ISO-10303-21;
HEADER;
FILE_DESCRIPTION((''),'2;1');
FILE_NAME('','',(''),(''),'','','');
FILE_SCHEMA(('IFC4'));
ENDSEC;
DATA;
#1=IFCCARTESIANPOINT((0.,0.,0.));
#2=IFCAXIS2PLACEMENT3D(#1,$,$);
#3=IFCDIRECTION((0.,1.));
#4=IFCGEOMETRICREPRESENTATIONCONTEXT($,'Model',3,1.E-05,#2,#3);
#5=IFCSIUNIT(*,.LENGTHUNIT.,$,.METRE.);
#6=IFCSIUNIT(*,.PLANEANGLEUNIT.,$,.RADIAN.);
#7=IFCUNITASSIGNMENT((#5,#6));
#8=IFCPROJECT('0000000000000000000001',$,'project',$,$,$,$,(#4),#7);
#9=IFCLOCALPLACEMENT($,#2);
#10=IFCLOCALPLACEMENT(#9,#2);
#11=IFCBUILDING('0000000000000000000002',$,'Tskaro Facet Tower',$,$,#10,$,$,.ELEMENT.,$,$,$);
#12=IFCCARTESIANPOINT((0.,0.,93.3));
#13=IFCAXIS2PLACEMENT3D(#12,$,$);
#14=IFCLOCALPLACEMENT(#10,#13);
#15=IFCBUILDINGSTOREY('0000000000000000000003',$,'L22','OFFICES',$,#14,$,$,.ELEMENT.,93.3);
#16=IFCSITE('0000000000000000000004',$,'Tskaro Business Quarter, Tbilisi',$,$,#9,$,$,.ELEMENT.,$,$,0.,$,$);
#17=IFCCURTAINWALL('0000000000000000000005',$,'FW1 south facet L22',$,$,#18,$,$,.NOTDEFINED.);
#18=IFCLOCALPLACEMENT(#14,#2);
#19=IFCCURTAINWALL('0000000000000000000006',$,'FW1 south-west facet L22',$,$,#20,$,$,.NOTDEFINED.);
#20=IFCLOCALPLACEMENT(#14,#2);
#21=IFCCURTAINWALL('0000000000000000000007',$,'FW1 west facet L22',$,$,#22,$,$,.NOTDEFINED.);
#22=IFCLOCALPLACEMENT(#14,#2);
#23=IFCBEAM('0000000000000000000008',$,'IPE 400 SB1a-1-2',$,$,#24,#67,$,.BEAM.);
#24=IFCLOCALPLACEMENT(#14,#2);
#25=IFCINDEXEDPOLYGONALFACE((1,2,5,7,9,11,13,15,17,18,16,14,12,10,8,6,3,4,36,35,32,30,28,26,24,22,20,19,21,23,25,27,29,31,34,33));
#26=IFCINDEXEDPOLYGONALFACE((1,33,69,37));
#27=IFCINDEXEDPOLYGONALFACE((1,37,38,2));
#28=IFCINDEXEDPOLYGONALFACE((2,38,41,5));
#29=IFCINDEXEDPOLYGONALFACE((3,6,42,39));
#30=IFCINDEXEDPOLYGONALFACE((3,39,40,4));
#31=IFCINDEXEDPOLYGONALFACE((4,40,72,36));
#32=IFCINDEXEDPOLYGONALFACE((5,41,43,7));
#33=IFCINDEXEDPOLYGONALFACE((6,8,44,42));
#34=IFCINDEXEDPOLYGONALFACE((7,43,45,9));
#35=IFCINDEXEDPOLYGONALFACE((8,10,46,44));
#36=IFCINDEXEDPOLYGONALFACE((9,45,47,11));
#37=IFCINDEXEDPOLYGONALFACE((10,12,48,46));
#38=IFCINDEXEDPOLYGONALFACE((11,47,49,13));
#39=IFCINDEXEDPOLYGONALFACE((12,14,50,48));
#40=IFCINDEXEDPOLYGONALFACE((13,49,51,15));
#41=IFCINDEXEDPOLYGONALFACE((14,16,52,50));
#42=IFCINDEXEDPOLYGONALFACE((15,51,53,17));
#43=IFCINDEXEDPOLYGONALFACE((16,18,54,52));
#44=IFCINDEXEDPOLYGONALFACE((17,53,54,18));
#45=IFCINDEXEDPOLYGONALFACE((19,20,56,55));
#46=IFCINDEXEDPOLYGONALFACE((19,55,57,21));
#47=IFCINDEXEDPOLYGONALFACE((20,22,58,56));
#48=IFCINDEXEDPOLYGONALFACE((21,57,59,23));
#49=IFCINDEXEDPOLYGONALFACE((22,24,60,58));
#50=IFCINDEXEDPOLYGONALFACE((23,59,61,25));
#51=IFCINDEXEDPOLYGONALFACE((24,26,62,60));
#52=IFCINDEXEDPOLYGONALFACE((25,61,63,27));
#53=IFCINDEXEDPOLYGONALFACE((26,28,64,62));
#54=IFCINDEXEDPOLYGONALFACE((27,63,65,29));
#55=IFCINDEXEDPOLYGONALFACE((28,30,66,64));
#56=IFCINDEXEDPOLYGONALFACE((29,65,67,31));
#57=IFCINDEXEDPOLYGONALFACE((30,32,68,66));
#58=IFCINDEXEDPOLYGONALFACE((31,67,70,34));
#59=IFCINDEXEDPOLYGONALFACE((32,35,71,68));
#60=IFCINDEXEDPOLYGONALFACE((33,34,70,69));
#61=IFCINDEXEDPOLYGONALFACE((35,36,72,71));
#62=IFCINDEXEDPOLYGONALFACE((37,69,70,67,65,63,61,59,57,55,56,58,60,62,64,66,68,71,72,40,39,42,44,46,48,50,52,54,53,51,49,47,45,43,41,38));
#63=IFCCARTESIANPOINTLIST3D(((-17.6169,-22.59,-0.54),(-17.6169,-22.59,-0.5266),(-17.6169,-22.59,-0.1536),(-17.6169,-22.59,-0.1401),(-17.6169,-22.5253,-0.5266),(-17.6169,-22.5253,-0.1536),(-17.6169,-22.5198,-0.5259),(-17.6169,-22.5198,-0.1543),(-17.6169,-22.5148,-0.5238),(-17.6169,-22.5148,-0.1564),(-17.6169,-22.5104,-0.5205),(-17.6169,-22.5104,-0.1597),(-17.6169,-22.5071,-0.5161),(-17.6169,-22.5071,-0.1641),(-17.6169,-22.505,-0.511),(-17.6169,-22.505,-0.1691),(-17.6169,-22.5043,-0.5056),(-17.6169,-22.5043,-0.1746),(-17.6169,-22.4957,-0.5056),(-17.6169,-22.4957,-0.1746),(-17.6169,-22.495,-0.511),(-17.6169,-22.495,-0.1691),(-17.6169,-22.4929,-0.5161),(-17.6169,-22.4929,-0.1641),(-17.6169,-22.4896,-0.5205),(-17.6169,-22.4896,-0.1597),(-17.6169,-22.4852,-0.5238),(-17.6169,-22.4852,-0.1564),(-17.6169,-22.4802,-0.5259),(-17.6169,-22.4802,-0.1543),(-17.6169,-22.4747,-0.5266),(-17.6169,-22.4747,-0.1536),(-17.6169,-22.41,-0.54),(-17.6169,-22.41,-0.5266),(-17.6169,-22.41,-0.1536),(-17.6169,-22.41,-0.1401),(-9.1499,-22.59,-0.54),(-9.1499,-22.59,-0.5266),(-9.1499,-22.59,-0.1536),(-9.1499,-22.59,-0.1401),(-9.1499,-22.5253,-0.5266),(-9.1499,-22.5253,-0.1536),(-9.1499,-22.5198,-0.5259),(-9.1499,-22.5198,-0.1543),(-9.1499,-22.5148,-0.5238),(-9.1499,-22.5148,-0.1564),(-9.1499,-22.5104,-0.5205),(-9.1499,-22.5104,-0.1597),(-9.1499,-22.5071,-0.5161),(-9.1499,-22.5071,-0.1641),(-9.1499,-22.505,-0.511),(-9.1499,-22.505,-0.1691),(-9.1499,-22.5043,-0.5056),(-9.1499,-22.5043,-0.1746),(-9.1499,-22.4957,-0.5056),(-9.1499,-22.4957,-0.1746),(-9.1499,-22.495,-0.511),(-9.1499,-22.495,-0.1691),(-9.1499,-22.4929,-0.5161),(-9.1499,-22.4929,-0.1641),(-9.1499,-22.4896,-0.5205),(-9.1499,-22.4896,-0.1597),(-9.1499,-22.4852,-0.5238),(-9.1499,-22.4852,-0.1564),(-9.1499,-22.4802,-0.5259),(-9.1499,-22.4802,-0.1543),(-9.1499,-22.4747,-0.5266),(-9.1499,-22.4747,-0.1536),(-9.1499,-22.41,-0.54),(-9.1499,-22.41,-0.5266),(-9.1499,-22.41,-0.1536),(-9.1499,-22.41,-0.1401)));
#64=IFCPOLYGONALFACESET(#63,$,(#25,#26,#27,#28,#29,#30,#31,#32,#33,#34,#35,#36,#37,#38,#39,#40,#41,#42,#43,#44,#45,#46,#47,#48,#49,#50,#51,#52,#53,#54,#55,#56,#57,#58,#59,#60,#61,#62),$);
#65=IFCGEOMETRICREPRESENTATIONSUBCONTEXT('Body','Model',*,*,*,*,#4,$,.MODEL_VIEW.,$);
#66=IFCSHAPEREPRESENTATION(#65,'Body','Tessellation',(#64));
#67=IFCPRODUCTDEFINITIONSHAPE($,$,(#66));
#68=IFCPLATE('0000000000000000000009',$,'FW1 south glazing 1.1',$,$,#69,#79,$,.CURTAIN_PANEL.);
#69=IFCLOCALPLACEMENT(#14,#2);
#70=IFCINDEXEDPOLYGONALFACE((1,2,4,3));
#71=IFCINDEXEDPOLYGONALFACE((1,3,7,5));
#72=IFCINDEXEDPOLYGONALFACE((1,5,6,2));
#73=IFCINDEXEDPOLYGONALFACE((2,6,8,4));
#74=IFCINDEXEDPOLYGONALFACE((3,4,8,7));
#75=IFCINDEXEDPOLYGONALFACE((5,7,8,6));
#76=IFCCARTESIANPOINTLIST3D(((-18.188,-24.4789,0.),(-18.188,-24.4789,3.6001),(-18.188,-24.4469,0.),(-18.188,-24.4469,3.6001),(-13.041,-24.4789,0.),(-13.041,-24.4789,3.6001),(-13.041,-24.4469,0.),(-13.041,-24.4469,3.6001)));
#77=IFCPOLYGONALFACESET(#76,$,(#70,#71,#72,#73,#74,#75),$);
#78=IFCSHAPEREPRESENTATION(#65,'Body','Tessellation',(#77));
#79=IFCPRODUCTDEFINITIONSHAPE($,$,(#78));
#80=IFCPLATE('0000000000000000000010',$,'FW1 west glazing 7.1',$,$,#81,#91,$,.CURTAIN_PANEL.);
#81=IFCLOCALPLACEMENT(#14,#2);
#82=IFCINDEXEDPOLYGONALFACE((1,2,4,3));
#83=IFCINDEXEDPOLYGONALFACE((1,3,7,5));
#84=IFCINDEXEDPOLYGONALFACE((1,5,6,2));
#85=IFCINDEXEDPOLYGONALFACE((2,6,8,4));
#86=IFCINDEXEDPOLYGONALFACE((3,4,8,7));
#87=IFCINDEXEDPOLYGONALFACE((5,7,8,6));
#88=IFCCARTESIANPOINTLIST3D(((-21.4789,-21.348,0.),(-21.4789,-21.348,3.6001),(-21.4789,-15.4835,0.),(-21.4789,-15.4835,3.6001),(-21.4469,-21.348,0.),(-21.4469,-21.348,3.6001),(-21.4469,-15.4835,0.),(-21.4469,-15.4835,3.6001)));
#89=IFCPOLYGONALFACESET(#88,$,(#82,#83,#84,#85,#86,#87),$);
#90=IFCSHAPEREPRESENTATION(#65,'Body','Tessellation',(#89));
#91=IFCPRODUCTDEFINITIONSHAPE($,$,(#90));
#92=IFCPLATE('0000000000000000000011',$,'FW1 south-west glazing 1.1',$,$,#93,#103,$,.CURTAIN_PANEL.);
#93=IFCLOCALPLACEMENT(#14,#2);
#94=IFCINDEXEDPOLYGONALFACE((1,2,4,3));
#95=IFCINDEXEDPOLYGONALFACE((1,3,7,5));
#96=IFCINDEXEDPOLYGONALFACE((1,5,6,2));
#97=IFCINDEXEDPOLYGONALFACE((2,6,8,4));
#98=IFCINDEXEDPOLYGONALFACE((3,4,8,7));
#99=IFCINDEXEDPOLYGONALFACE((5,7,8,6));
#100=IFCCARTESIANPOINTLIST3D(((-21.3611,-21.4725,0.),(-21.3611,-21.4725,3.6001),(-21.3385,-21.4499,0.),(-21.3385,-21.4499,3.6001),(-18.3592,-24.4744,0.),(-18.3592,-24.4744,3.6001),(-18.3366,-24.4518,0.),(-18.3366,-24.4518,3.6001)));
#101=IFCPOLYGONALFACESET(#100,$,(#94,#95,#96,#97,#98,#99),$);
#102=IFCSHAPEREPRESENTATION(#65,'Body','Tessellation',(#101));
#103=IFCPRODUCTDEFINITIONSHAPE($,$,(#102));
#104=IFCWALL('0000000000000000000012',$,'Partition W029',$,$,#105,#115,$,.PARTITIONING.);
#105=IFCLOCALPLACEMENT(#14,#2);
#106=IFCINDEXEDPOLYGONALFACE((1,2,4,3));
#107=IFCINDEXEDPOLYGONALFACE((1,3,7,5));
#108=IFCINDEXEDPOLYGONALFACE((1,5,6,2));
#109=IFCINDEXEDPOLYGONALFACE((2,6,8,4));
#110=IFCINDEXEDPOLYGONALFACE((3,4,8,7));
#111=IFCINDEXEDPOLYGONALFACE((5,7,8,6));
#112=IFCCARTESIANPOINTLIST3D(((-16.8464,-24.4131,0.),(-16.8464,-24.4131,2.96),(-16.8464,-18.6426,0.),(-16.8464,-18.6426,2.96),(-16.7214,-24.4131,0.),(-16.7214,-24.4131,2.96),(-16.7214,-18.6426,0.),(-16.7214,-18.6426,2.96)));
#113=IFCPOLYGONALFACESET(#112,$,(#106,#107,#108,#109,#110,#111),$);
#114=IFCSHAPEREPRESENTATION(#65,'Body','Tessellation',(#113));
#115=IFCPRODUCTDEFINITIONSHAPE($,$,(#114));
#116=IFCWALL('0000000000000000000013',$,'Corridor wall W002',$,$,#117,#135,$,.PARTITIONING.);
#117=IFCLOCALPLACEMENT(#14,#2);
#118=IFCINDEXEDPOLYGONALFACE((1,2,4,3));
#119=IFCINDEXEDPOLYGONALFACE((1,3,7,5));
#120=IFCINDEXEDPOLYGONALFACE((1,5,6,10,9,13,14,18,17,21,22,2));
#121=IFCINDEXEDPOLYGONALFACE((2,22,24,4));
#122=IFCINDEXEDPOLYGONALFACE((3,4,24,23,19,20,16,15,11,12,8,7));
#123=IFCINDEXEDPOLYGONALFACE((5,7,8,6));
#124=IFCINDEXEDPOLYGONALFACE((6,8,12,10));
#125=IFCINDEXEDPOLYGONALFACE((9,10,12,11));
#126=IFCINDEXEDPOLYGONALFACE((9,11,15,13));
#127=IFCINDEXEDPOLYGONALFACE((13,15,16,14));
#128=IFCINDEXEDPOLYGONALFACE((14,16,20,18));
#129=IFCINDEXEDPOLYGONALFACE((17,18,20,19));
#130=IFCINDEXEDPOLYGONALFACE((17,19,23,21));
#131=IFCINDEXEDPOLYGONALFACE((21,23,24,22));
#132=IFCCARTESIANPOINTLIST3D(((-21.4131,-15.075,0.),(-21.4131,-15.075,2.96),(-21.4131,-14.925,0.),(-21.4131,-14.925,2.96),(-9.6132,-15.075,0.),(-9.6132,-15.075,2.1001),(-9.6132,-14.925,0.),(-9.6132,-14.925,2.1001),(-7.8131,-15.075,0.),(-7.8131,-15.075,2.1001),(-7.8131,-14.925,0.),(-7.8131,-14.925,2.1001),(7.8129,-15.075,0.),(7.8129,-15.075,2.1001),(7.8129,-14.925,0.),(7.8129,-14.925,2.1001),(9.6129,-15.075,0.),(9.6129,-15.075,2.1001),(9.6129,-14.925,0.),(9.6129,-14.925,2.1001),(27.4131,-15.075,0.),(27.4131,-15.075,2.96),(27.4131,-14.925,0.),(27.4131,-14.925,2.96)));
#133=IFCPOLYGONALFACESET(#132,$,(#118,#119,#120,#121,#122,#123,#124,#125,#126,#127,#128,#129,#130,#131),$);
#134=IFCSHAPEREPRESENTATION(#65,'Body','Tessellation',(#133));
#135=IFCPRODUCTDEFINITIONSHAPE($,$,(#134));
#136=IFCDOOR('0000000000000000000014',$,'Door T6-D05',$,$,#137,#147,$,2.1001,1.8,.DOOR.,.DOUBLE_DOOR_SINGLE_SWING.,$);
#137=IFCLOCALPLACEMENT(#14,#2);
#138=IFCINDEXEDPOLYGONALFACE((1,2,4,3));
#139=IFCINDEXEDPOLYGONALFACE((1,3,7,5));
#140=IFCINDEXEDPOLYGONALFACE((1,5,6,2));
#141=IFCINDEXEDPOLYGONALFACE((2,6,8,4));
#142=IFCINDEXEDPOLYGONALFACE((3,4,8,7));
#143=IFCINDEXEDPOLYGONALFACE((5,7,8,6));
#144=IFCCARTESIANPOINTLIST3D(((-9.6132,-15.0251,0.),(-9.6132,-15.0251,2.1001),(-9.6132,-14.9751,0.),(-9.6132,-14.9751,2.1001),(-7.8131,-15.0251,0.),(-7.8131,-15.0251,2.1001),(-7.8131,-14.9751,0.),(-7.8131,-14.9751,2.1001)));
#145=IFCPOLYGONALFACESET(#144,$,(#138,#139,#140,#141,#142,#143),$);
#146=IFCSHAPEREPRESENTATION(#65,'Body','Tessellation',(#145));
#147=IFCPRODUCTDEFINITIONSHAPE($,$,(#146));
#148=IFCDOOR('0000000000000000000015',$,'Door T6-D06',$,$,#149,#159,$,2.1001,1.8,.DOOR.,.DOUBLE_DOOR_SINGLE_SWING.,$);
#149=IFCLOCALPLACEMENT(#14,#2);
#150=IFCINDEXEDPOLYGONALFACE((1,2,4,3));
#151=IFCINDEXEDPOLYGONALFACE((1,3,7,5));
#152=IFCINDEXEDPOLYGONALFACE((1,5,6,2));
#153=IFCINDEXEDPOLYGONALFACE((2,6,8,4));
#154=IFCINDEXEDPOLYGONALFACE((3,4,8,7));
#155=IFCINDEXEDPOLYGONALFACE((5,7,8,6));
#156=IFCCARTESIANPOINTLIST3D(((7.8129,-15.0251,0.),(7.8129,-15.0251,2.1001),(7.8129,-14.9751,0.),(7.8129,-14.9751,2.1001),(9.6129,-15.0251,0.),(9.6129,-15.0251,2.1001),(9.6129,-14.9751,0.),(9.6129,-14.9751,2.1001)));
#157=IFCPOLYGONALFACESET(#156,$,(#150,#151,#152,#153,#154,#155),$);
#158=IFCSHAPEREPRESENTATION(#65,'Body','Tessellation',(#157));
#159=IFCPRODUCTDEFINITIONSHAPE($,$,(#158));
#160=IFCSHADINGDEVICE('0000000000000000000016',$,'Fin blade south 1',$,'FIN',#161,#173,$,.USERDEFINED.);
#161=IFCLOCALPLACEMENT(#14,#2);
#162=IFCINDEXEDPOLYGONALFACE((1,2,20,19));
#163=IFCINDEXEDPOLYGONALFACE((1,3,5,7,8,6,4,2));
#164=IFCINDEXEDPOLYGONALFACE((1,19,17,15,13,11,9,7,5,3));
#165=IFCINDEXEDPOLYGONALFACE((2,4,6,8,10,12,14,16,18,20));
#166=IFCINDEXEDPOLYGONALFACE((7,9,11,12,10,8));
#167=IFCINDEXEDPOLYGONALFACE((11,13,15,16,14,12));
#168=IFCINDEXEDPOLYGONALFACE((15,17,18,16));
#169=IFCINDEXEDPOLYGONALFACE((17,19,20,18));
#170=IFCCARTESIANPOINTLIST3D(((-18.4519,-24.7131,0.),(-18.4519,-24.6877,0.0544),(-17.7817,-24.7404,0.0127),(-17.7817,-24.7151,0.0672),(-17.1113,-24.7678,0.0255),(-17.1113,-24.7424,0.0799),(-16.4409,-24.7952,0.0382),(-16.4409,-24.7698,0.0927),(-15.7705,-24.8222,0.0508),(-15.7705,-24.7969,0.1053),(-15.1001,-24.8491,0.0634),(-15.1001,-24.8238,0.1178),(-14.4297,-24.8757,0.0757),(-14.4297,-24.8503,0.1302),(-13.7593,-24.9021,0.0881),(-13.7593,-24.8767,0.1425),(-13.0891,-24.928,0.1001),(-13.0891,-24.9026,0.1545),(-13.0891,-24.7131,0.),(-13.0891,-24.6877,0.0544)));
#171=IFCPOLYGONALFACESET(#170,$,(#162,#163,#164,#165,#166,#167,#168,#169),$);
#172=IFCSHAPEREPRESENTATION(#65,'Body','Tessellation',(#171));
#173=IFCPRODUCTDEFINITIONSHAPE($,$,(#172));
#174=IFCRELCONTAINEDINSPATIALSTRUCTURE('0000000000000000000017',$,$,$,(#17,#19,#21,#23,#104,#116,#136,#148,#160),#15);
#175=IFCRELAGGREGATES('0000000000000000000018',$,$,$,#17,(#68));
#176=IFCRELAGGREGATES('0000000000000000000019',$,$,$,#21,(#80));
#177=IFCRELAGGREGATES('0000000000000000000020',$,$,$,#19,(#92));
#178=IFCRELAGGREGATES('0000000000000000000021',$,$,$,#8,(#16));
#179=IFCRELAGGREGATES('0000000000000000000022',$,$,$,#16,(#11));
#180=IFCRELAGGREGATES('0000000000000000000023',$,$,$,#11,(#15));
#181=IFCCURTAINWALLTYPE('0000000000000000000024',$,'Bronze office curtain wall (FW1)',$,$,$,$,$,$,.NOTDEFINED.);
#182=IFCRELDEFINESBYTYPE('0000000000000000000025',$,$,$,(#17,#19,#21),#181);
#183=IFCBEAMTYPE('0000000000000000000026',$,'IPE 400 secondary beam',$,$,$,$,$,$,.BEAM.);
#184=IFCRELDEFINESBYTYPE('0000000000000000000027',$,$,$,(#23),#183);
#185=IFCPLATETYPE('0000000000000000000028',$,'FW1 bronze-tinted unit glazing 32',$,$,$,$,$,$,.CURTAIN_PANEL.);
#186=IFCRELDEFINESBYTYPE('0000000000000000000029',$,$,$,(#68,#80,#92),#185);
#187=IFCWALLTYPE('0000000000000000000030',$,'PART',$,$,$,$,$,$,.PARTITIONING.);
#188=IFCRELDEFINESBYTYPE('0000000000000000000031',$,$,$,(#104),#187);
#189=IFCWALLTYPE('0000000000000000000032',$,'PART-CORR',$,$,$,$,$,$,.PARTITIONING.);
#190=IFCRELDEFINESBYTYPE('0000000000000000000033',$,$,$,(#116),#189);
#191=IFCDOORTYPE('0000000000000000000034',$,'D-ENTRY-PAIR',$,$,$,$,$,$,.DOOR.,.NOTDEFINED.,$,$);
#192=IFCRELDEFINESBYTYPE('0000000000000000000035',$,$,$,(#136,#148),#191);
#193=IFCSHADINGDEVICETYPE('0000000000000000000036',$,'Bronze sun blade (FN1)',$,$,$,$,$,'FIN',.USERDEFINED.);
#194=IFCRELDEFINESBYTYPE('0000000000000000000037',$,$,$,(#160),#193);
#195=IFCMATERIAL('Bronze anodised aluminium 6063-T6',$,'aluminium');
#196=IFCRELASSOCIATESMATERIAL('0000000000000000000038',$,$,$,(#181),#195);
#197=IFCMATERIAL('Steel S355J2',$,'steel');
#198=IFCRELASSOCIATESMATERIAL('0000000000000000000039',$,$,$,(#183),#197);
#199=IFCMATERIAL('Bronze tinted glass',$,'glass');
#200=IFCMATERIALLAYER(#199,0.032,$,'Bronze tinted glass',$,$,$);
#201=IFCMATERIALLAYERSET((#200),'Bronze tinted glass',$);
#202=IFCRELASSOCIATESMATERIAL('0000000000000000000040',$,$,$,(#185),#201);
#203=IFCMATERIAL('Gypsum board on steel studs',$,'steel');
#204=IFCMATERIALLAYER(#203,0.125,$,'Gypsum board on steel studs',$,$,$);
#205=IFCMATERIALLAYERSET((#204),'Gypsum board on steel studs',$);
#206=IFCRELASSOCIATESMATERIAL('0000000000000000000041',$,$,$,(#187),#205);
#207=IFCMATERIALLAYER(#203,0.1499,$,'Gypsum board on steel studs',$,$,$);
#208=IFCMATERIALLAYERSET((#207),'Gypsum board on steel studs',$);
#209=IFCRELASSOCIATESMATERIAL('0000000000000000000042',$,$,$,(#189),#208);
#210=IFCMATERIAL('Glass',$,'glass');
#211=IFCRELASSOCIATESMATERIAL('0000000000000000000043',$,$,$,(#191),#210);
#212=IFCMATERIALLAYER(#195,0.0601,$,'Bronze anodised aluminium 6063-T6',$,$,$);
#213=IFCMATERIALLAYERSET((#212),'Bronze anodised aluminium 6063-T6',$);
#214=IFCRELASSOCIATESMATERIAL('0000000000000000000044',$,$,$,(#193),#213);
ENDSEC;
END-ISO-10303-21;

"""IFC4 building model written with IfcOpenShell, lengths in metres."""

from ifc_helpers import new_model, si_unit, direction, frame, frame_2d, origin, origin_2d, place, context, subcontext, project, spatial, polyline, rectangle, i_section, outline, extrude, material, layer, layer_set, material_profile, profile_set, type_object, element, fill, aggregate, save


model = new_model("IFC4")

# Units and contexts
model_context = context("Model", 3, precision=1e-05, world=origin(), true_north=direction((0.0, 1.0)))
body_context = subcontext(model_context, "Body", "Model", "MODEL_VIEW")
ifc_project = project(units=[si_unit("LENGTHUNIT", "METRE"), si_unit("PLANEANGLEUNIT", "RADIAN")], contexts=[model_context])

# Site, building, storey
site_placement = place(None, origin())
site = spatial("IfcSite", under=ifc_project, at=site_placement, Name="Tskaro Business Quarter, Tbilisi", CompositionType="ELEMENT", RefElevation=0.0)
building_placement = place(site_placement, origin())
building = spatial("IfcBuilding", under=site, at=building_placement, Name="Tskaro Facet Tower", CompositionType="ELEMENT")
storey_placement = place(building_placement, frame((0.0, 0.0, 93.3)))
storey = spatial("IfcBuildingStorey", under=building, at=storey_placement, Name="L22", Description="OFFICES", CompositionType="ELEMENT", Elevation=93.3)

# Curtain walls
ifc_material_1 = material(Name="Bronze anodised aluminium 6063-T6", Category="aluminium")
curtain_wall_type = type_object("IfcCurtainWallType", Name="Bronze office curtain wall (FW1)", PredefinedType="NOTDEFINED", material=ifc_material_1)
curtain_wall_1_placement = place(storey_placement, origin())
curtain_wall_1 = element("IfcCurtainWall", 1, at=curtain_wall_1_placement, inside=storey, type_object=curtain_wall_type, Name="FW1 south facet L22", PredefinedType="NOTDEFINED")
curtain_wall_2_placement = place(storey_placement, origin())
curtain_wall_2 = element("IfcCurtainWall", 2, at=curtain_wall_2_placement, inside=storey, type_object=curtain_wall_type, Name="FW1 south-west facet L22", PredefinedType="NOTDEFINED")

# Curtain wall
curtain_wall_3_placement = place(storey_placement, origin())
curtain_wall_3 = element("IfcCurtainWall", 3, at=curtain_wall_3_placement, inside=storey, type_object=curtain_wall_type, Name="FW1 west facet L22", PredefinedType="NOTDEFINED")

# Beam
ifc_material_2 = material(Name="Steel S355J2", Category="steel")
ifc_material_profile_1 = material_profile(ifc_material_2, i_section(OverallWidth=0.1799, OverallDepth=0.3999, WebThickness=0.0085, FlangeThickness=0.0134, FilletRadius=0.021, at=origin_2d()), Name="IPE 400")
ifc_profile_set_1 = profile_set([ifc_material_profile_1], Name="Steel S355J2")
beam_type_1 = type_object("IfcBeamType", Name="IPE 400 secondary beam", PredefinedType="BEAM", material=ifc_profile_set_1)
beam_1_placement = place(storey_placement, frame((-17.6169, -22.5, -0.3401), z_axis=(1.0, 0.0, 0.0), x_axis=(0.0, 1.0, 0.0)))
element("IfcBeam", 4, at=beam_1_placement, inside=storey, type_object=beam_type_1, Name="IPE 400 SB1a-1-2", PredefinedType="BEAM", context=body_context, shape_type="SweptSolid", body=[
    extrude(i_section(OverallWidth=0.1799, OverallDepth=0.3999, WebThickness=0.0085, FlangeThickness=0.0134, FilletRadius=0.021, at=origin_2d()), origin(), (0.0, 0.0, 1.0), 8.467),
])

# Plates
ifc_material_3 = material(Name="Bronze tinted glass", Category="glass")
ifc_layer_1 = layer(ifc_material_3, 0.032, Name="Bronze tinted glass")
ifc_layer_set_1 = layer_set([ifc_layer_1], Name="Bronze tinted glass")
plate_type = type_object("IfcPlateType", Name="FW1 bronze-tinted unit glazing 32", PredefinedType="CURTAIN_PANEL", material=ifc_layer_set_1)
plate_1_placement = place(storey_placement, frame((-15.6145, -24.4629, 0.0), z_axis=(0.0, 0.0, 1.0), x_axis=(1.0, 0.0, 0.0)))
plate_1 = element("IfcPlate", 5, at=plate_1_placement, type_object=plate_type, Name="FW1 south glazing 1.1", PredefinedType="CURTAIN_PANEL", context=body_context, shape_type="SweptSolid", body=[
    extrude(rectangle(XDim=5.147, YDim=0.032, at=origin_2d()), origin(), (0.0, 0.0, 1.0), 3.6001),
])
aggregate(curtain_wall_1, [plate_1])
plate_2_placement = place(storey_placement, frame((-21.4629, -18.4158, 0.0), z_axis=(0.0, 0.0, 1.0), x_axis=(0.0, -1.0, 0.0)))
plate_2 = element("IfcPlate", 6, at=plate_2_placement, type_object=plate_type, Name="FW1 west glazing 7.1", PredefinedType="CURTAIN_PANEL", context=body_context, shape_type="SweptSolid", body=[
    extrude(rectangle(XDim=5.8645, YDim=0.032, at=origin_2d()), origin(), (0.0, 0.0, 1.0), 3.6001),
])
aggregate(curtain_wall_3, [plate_2])
plate_3_placement = place(storey_placement, frame((-19.8489, -22.9622, 0.0), z_axis=(0.0, 0.0, 1.0), x_axis=(0.707107, -0.707107, 0.0)))
plate_3 = element("IfcPlate", 7, at=plate_3_placement, type_object=plate_type, Name="FW1 south-west glazing 1.1", PredefinedType="CURTAIN_PANEL", context=body_context, shape_type="SweptSolid", body=[
    extrude(rectangle(XDim=4.2454, YDim=0.032, at=origin_2d()), origin(), (0.0, 0.0, 1.0), 3.6001),
])
aggregate(curtain_wall_2, [plate_3])

# Wall
ifc_material_4 = material(Name="Gypsum board on steel studs", Category="steel")
ifc_layer_2 = layer(ifc_material_4, 0.125, Name="Gypsum board on steel studs")
ifc_layer_set_2 = layer_set([ifc_layer_2], Name="Gypsum board on steel studs")
wall_type_1 = type_object("IfcWallType", Name="PART", PredefinedType="PARTITIONING", material=ifc_layer_set_2)
wall_1_placement = place(storey_placement, frame((-16.7839, -24.4131, 0.0), z_axis=(0.0, 0.0, 1.0), x_axis=(0.0, 1.0, 0.0)))
element("IfcWall", 8, at=wall_1_placement, inside=storey, type_object=wall_type_1, Name="Partition W029", PredefinedType="PARTITIONING", context=body_context, shape_type="SweptSolid", body=[
    extrude(rectangle(XDim=5.7705, YDim=0.125, at=frame_2d((2.8853, 0.0))), origin(), (0.0, 0.0, 1.0), 2.96),
])

# Wall, openings, doors
ifc_layer_3 = layer(ifc_material_4, 0.1499, Name="Gypsum board on steel studs")
ifc_layer_set_3 = layer_set([ifc_layer_3], Name="Gypsum board on steel studs")
wall_type_2 = type_object("IfcWallType", Name="PART-CORR", PredefinedType="PARTITIONING", material=ifc_layer_set_3)
wall_2_placement = place(storey_placement, frame((-21.4131, -15.0, 0.0), z_axis=(0.0, 0.0, 1.0), x_axis=(1.0, 0.0, 0.0)))
wall_2 = element("IfcWall", 9, at=wall_2_placement, inside=storey, type_object=wall_type_2, Name="Corridor wall W002", PredefinedType="PARTITIONING", context=body_context, shape_type="SweptSolid", body=[
    extrude(rectangle(XDim=48.8262, YDim=0.1499, at=frame_2d((24.4131, 0.0))), origin(), (0.0, 0.0, 1.0), 2.96),
])
opening_1_placement = place(wall_2_placement, frame((11.8, 0.0, 0.0)))
opening_1 = element("IfcOpeningElement", 10, at=opening_1_placement, cuts=wall_2, PredefinedType="OPENING", context=body_context, shape_type="SweptSolid", body=[
    extrude(rectangle(XDim=1.8, YDim=2.1001, at=frame_2d((0.8999, 1.05))), frame((0.0, 0.085, 0.0), z_axis=(0.0, -1.0, 0.0), x_axis=(1.0, 0.0, 0.0)), (0.0, 0.0, 1.0), 0.1699),
])
opening_2_placement = place(wall_2_placement, frame((29.2261, 0.0, 0.0)))
opening_2 = element("IfcOpeningElement", 11, at=opening_2_placement, cuts=wall_2, PredefinedType="OPENING", context=body_context, shape_type="SweptSolid", body=[
    extrude(rectangle(XDim=1.8, YDim=2.1001, at=frame_2d((0.8999, 1.05))), frame((0.0, 0.085, 0.0), z_axis=(0.0, -1.0, 0.0), x_axis=(1.0, 0.0, 0.0)), (0.0, 0.0, 1.0), 0.1699),
])
ifc_material_5 = material(Name="Glass", Category="glass")
door_type = type_object("IfcDoorType", Name="D-ENTRY-PAIR", OperationType="NOTDEFINED", PredefinedType="DOOR", material=ifc_material_5)
door_1_placement = place(opening_1_placement, origin())
door_1 = element("IfcDoor", 12, at=door_1_placement, inside=storey, type_object=door_type, Name="Door T6-D05", OperationType="DOUBLE_DOOR_SINGLE_SWING", OverallHeight=2.1001, OverallWidth=1.8, PredefinedType="DOOR", context=body_context, shape_type="SweptSolid", body=[
    extrude(rectangle(XDim=1.8, YDim=2.1001, at=frame_2d((0.8999, 1.05))), frame((0.0, 0.0249, 0.0), z_axis=(0.0, -1.0, 0.0), x_axis=(1.0, 0.0, 0.0)), (0.0, 0.0, 1.0), 0.05),
])
fill(opening_1, door_1)
door_2_placement = place(opening_2_placement, origin())
door_2 = element("IfcDoor", 13, at=door_2_placement, inside=storey, type_object=door_type, Name="Door T6-D06", OperationType="DOUBLE_DOOR_SINGLE_SWING", OverallHeight=2.1001, OverallWidth=1.8, PredefinedType="DOOR", context=body_context, shape_type="SweptSolid", body=[
    extrude(rectangle(XDim=1.8, YDim=2.1001, at=frame_2d((0.8999, 1.05))), frame((0.0, 0.0249, 0.0), z_axis=(0.0, -1.0, 0.0), x_axis=(1.0, 0.0, 0.0)), (0.0, 0.0, 1.0), 0.05),
])
fill(opening_2, door_2)

# Shading device
ifc_layer_4 = layer(ifc_material_1, 0.0601, Name="Bronze anodised aluminium 6063-T6")
ifc_layer_set_4 = layer_set([ifc_layer_4], Name="Bronze anodised aluminium 6063-T6")
shading_device_type = type_object("IfcShadingDeviceType", Name="Bronze sun blade (FN1)", ElementType="FIN", PredefinedType="USERDEFINED", material=ifc_layer_set_4)
shading_device_1_placement = place(storey_placement, frame((-18.4519, -24.6877, 0.0544), z_axis=(0.000002, 0.422369, 0.906424), x_axis=(1.0, -0.000001, -0.000002)))
element("IfcShadingDevice", 14, at=shading_device_1_placement, inside=storey, type_object=shading_device_type, Name="Fin blade south 1", ObjectType="FIN", PredefinedType="USERDEFINED", context=body_context, shape_type="SweptSolid", body=[
    extrude(outline(polyline([(0.0, 0.0), (5.3628, 0.0), (5.3628, -0.237), (4.6926, -0.2085), (4.0222, -0.1793), (3.3518, -0.1501), (2.6814, -0.1204), (2.011, -0.0905), (1.3406, -0.0603), (0.6702, -0.0301), (0.0, 0.0)])), origin(), (0.0, 0.0, -1.0), 0.0601),
])

save(model, "model.ifc")
